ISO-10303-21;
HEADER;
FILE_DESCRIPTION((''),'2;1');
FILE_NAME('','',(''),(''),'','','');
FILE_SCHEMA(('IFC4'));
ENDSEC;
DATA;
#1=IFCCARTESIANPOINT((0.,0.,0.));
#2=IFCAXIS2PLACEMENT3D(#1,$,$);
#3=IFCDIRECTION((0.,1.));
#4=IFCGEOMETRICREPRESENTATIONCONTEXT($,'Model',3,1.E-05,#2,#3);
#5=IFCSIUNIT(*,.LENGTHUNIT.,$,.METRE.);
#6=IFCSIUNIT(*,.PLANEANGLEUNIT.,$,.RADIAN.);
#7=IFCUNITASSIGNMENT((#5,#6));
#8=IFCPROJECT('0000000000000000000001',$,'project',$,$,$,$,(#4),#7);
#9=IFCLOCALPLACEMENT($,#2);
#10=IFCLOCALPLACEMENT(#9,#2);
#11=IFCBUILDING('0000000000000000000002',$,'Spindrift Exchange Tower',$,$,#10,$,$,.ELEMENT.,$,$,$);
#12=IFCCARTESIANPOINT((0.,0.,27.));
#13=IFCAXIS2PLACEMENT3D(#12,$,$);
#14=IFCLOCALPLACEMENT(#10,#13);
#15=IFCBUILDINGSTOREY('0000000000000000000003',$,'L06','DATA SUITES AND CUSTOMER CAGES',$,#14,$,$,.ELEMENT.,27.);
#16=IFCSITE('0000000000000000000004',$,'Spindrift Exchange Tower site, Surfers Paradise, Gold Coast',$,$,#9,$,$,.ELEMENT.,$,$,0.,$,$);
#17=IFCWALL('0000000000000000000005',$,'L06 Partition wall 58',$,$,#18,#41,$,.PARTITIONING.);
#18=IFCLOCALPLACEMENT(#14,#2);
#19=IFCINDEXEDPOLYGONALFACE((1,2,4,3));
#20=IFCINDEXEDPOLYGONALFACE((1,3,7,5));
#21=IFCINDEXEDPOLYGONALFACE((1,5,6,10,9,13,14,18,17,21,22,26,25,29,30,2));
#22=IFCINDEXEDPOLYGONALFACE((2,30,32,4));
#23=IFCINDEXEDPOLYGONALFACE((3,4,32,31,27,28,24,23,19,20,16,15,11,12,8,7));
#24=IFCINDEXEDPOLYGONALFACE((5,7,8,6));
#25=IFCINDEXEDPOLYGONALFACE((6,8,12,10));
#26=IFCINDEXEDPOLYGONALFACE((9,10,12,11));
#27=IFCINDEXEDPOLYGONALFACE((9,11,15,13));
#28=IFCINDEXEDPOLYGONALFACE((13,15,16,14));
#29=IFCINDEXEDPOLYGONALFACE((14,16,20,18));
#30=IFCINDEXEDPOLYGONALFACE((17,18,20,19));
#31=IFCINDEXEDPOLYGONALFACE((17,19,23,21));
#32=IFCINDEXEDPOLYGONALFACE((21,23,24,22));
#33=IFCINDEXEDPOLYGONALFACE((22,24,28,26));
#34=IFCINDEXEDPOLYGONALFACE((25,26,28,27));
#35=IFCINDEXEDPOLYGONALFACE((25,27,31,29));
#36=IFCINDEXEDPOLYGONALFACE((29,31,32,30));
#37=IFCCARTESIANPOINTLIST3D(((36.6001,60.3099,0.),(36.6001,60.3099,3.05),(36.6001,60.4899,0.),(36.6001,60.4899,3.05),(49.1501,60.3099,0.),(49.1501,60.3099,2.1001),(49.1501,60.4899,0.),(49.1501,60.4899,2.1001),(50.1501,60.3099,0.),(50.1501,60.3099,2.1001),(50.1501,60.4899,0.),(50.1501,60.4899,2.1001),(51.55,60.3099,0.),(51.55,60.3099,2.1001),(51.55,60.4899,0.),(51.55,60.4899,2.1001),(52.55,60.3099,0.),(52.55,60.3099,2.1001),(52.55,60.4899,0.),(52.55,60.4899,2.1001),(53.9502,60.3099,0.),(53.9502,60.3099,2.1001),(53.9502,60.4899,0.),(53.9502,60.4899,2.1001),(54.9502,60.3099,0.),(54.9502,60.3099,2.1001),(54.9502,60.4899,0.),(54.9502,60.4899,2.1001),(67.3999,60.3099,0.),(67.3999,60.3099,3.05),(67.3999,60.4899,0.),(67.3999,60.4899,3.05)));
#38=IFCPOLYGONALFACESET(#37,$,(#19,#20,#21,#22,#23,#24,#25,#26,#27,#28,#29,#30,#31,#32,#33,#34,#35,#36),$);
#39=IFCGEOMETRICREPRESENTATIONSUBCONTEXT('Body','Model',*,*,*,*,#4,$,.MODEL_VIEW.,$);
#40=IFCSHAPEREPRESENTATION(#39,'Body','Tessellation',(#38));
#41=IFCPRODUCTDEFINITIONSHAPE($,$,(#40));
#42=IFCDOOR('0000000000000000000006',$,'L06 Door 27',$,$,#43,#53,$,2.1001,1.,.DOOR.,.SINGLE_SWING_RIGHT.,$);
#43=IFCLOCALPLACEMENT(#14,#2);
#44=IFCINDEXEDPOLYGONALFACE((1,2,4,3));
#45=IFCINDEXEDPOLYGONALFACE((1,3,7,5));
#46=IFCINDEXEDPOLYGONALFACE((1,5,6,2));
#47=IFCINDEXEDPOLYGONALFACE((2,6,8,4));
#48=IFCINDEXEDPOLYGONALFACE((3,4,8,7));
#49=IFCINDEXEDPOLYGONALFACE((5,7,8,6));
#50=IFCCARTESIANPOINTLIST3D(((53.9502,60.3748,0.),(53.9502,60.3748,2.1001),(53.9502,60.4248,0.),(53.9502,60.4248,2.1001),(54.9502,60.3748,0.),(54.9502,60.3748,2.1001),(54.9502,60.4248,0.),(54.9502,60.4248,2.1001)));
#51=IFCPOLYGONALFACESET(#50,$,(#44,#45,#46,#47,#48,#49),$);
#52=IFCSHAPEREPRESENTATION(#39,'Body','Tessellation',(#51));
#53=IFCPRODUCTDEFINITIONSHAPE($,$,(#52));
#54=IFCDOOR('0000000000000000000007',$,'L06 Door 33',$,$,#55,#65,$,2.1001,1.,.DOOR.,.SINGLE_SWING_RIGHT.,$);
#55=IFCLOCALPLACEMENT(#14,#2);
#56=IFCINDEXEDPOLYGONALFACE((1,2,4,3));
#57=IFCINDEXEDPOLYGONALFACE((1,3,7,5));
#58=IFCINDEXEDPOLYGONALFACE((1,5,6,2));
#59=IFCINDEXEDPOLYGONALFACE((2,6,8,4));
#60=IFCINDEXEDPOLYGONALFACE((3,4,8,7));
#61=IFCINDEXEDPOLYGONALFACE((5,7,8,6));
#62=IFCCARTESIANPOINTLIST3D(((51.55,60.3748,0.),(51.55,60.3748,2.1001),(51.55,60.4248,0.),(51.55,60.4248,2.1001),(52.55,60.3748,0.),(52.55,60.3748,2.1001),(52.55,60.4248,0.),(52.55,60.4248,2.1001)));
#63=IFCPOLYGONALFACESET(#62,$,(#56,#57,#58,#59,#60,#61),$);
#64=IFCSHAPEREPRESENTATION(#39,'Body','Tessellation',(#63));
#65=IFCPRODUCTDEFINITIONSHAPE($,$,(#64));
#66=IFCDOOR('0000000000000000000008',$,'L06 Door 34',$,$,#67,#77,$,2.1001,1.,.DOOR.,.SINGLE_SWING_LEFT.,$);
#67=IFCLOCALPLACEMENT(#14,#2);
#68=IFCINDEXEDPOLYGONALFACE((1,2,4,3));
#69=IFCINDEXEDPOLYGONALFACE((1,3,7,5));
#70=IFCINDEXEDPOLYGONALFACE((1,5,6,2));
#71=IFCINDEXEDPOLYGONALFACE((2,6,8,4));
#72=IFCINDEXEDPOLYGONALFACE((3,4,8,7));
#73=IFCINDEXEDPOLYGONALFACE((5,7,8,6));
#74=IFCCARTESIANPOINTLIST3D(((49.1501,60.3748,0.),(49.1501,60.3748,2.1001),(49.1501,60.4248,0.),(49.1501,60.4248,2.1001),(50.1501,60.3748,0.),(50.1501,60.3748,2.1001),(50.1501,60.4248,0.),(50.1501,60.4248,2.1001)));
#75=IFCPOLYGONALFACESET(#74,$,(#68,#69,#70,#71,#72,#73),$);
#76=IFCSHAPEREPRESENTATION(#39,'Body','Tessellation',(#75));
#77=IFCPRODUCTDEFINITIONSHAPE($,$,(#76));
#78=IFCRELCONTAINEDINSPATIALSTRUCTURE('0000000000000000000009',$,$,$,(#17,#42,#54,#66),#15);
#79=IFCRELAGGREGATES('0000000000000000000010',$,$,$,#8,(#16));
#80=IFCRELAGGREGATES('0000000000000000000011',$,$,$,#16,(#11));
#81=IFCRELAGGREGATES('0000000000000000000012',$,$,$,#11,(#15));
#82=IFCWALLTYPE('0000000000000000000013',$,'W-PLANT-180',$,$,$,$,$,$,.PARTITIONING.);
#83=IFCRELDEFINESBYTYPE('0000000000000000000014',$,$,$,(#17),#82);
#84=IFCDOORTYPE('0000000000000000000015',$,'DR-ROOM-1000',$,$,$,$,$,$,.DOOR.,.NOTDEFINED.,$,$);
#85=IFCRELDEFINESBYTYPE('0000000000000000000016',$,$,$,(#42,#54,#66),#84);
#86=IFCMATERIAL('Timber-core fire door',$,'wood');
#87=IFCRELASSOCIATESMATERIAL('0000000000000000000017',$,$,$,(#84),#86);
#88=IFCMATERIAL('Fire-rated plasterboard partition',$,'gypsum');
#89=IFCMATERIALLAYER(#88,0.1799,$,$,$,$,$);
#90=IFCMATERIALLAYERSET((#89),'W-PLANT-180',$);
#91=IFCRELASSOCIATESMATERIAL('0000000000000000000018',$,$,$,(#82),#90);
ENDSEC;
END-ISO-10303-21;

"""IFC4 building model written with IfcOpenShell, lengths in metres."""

from ifc_helpers import new_model, si_unit, direction, frame, frame_2d, origin, place, context, subcontext, project, spatial, rectangle, extrude, source, transform, mapped, material, layer, layer_set, type_object, element, fill, save


model = new_model("IFC4")

# Units and contexts
model_context = context("Model", 3, precision=1e-05, world=origin(), true_north=direction((0.0, 1.0)))
body_context = subcontext(model_context, "Body", "Model", "MODEL_VIEW")
ifc_project = project(units=[si_unit("LENGTHUNIT", "METRE"), si_unit("PLANEANGLEUNIT", "RADIAN")], contexts=[model_context])

# Site, building, storey
site_placement = place(None, origin())
site = spatial("IfcSite", under=ifc_project, at=site_placement, Name="Spindrift Exchange Tower site, Surfers Paradise, Gold Coast", CompositionType="ELEMENT", RefElevation=0.0)
building_placement = place(site_placement, origin())
building = spatial("IfcBuilding", under=site, at=building_placement, Name="Spindrift Exchange Tower", CompositionType="ELEMENT")
storey_placement = place(building_placement, frame((0.0, 0.0, 27.0)))
storey = spatial("IfcBuildingStorey", under=building, at=storey_placement, Name="L06", Description="DATA SUITES AND CUSTOMER CAGES", CompositionType="ELEMENT", Elevation=27.0)

# Shared definitions
ifc_material_1 = material(Name="Fire-rated plasterboard partition", Category="gypsum")
ifc_material_2 = material(Name="Timber-core fire door", Category="wood")
door_type = type_object("IfcDoorType", Name="DR-ROOM-1000", OperationType="NOTDEFINED", PredefinedType="DOOR", material=ifc_material_2)
shared_shape_1 = source(origin(), body_context, "Body", "SweptSolid", [
    extrude(rectangle(XDim=1.0, YDim=2.1001, at=frame_2d((0.5, 1.05))), frame((0.0, 0.0249, 0.0), z_axis=(0.0, -1.0, 0.0), x_axis=(1.0, 0.0, 0.0)), (0.0, 0.0, 1.0), 0.05),
])

# Wall, openings, doors
ifc_layer_1 = layer(ifc_material_1, 0.1799)
ifc_layer_set_1 = layer_set([ifc_layer_1], Name="W-PLANT-180")
wall_type_1 = type_object("IfcWallType", Name="W-PLANT-180", PredefinedType="PARTITIONING", material=ifc_layer_set_1)
wall_1_placement = place(storey_placement, frame((36.6001, 60.3999, 0.0), z_axis=(0.0, 0.0, 1.0), x_axis=(1.0, 0.0, 0.0)))
wall_1 = element("IfcWall", 1, at=wall_1_placement, inside=storey, type_object=wall_type_1, Name="L06 Partition wall 58", PredefinedType="PARTITIONING", context=body_context, shape_type="SweptSolid", body=[
    extrude(rectangle(XDim=30.7998, YDim=0.1799, at=frame_2d((15.3999, 0.0))), origin(), (0.0, 0.0, 1.0), 3.05),
])
opening_1_placement = place(wall_1_placement, frame((17.3501, 0.0, 0.0)))
opening_1 = element("IfcOpeningElement", 2, at=opening_1_placement, cuts=wall_1, PredefinedType="OPENING", context=body_context, shape_type="SweptSolid", body=[
    extrude(rectangle(XDim=1.0, YDim=2.1001, at=frame_2d((0.5, 1.05))), frame((0.0, 0.0999, 0.0), z_axis=(0.0, -1.0, 0.0), x_axis=(1.0, 0.0, 0.0)), (0.0, 0.0, 1.0), 0.2),
])
opening_2_placement = place(wall_1_placement, frame((14.95, 0.0, 0.0)))
opening_2 = element("IfcOpeningElement", 3, at=opening_2_placement, cuts=wall_1, PredefinedType="OPENING", context=body_context, shape_type="SweptSolid", body=[
    extrude(rectangle(XDim=1.0, YDim=2.1001, at=frame_2d((0.5, 1.05))), frame((0.0, 0.0999, 0.0), z_axis=(0.0, -1.0, 0.0), x_axis=(1.0, 0.0, 0.0)), (0.0, 0.0, 1.0), 0.2),
])
opening_3_placement = place(wall_1_placement, frame((12.55, 0.0, 0.0)))
opening_3 = element("IfcOpeningElement", 4, at=opening_3_placement, cuts=wall_1, PredefinedType="OPENING", context=body_context, shape_type="SweptSolid", body=[
    extrude(rectangle(XDim=1.0, YDim=2.1001, at=frame_2d((0.5, 1.05))), frame((0.0, 0.0999, 0.0), z_axis=(0.0, -1.0, 0.0), x_axis=(1.0, 0.0, 0.0)), (0.0, 0.0, 1.0), 0.2),
])
door_1_placement = place(opening_1_placement, origin())
door_1 = element("IfcDoor", 5, at=door_1_placement, inside=storey, type_object=door_type, Name="L06 Door 27", OperationType="SINGLE_SWING_RIGHT", OverallHeight=2.1001, OverallWidth=1.0, PredefinedType="DOOR", context=body_context, shape_type="MappedRepresentation", body=[
    mapped(shared_shape_1, transform((0.0, 0.0, 0.0), scale=1.0)),
])
fill(opening_1, door_1)
door_2_placement = place(opening_2_placement, origin())
door_2 = element("IfcDoor", 6, at=door_2_placement, inside=storey, type_object=door_type, Name="L06 Door 33", OperationType="SINGLE_SWING_RIGHT", OverallHeight=2.1001, OverallWidth=1.0, PredefinedType="DOOR", context=body_context, shape_type="MappedRepresentation", body=[
    mapped(shared_shape_1, transform((0.0, 0.0, 0.0), scale=1.0)),
])
fill(opening_2, door_2)
door_3_placement = place(opening_3_placement, origin())
door_3 = element("IfcDoor", 7, at=door_3_placement, inside=storey, type_object=door_type, Name="L06 Door 34", OperationType="SINGLE_SWING_LEFT", OverallHeight=2.1001, OverallWidth=1.0, PredefinedType="DOOR", context=body_context, shape_type="MappedRepresentation", body=[
    mapped(shared_shape_1, transform((0.0, 0.0, 0.0), scale=1.0)),
])
fill(opening_3, door_3)

save(model, "model.ifc")
